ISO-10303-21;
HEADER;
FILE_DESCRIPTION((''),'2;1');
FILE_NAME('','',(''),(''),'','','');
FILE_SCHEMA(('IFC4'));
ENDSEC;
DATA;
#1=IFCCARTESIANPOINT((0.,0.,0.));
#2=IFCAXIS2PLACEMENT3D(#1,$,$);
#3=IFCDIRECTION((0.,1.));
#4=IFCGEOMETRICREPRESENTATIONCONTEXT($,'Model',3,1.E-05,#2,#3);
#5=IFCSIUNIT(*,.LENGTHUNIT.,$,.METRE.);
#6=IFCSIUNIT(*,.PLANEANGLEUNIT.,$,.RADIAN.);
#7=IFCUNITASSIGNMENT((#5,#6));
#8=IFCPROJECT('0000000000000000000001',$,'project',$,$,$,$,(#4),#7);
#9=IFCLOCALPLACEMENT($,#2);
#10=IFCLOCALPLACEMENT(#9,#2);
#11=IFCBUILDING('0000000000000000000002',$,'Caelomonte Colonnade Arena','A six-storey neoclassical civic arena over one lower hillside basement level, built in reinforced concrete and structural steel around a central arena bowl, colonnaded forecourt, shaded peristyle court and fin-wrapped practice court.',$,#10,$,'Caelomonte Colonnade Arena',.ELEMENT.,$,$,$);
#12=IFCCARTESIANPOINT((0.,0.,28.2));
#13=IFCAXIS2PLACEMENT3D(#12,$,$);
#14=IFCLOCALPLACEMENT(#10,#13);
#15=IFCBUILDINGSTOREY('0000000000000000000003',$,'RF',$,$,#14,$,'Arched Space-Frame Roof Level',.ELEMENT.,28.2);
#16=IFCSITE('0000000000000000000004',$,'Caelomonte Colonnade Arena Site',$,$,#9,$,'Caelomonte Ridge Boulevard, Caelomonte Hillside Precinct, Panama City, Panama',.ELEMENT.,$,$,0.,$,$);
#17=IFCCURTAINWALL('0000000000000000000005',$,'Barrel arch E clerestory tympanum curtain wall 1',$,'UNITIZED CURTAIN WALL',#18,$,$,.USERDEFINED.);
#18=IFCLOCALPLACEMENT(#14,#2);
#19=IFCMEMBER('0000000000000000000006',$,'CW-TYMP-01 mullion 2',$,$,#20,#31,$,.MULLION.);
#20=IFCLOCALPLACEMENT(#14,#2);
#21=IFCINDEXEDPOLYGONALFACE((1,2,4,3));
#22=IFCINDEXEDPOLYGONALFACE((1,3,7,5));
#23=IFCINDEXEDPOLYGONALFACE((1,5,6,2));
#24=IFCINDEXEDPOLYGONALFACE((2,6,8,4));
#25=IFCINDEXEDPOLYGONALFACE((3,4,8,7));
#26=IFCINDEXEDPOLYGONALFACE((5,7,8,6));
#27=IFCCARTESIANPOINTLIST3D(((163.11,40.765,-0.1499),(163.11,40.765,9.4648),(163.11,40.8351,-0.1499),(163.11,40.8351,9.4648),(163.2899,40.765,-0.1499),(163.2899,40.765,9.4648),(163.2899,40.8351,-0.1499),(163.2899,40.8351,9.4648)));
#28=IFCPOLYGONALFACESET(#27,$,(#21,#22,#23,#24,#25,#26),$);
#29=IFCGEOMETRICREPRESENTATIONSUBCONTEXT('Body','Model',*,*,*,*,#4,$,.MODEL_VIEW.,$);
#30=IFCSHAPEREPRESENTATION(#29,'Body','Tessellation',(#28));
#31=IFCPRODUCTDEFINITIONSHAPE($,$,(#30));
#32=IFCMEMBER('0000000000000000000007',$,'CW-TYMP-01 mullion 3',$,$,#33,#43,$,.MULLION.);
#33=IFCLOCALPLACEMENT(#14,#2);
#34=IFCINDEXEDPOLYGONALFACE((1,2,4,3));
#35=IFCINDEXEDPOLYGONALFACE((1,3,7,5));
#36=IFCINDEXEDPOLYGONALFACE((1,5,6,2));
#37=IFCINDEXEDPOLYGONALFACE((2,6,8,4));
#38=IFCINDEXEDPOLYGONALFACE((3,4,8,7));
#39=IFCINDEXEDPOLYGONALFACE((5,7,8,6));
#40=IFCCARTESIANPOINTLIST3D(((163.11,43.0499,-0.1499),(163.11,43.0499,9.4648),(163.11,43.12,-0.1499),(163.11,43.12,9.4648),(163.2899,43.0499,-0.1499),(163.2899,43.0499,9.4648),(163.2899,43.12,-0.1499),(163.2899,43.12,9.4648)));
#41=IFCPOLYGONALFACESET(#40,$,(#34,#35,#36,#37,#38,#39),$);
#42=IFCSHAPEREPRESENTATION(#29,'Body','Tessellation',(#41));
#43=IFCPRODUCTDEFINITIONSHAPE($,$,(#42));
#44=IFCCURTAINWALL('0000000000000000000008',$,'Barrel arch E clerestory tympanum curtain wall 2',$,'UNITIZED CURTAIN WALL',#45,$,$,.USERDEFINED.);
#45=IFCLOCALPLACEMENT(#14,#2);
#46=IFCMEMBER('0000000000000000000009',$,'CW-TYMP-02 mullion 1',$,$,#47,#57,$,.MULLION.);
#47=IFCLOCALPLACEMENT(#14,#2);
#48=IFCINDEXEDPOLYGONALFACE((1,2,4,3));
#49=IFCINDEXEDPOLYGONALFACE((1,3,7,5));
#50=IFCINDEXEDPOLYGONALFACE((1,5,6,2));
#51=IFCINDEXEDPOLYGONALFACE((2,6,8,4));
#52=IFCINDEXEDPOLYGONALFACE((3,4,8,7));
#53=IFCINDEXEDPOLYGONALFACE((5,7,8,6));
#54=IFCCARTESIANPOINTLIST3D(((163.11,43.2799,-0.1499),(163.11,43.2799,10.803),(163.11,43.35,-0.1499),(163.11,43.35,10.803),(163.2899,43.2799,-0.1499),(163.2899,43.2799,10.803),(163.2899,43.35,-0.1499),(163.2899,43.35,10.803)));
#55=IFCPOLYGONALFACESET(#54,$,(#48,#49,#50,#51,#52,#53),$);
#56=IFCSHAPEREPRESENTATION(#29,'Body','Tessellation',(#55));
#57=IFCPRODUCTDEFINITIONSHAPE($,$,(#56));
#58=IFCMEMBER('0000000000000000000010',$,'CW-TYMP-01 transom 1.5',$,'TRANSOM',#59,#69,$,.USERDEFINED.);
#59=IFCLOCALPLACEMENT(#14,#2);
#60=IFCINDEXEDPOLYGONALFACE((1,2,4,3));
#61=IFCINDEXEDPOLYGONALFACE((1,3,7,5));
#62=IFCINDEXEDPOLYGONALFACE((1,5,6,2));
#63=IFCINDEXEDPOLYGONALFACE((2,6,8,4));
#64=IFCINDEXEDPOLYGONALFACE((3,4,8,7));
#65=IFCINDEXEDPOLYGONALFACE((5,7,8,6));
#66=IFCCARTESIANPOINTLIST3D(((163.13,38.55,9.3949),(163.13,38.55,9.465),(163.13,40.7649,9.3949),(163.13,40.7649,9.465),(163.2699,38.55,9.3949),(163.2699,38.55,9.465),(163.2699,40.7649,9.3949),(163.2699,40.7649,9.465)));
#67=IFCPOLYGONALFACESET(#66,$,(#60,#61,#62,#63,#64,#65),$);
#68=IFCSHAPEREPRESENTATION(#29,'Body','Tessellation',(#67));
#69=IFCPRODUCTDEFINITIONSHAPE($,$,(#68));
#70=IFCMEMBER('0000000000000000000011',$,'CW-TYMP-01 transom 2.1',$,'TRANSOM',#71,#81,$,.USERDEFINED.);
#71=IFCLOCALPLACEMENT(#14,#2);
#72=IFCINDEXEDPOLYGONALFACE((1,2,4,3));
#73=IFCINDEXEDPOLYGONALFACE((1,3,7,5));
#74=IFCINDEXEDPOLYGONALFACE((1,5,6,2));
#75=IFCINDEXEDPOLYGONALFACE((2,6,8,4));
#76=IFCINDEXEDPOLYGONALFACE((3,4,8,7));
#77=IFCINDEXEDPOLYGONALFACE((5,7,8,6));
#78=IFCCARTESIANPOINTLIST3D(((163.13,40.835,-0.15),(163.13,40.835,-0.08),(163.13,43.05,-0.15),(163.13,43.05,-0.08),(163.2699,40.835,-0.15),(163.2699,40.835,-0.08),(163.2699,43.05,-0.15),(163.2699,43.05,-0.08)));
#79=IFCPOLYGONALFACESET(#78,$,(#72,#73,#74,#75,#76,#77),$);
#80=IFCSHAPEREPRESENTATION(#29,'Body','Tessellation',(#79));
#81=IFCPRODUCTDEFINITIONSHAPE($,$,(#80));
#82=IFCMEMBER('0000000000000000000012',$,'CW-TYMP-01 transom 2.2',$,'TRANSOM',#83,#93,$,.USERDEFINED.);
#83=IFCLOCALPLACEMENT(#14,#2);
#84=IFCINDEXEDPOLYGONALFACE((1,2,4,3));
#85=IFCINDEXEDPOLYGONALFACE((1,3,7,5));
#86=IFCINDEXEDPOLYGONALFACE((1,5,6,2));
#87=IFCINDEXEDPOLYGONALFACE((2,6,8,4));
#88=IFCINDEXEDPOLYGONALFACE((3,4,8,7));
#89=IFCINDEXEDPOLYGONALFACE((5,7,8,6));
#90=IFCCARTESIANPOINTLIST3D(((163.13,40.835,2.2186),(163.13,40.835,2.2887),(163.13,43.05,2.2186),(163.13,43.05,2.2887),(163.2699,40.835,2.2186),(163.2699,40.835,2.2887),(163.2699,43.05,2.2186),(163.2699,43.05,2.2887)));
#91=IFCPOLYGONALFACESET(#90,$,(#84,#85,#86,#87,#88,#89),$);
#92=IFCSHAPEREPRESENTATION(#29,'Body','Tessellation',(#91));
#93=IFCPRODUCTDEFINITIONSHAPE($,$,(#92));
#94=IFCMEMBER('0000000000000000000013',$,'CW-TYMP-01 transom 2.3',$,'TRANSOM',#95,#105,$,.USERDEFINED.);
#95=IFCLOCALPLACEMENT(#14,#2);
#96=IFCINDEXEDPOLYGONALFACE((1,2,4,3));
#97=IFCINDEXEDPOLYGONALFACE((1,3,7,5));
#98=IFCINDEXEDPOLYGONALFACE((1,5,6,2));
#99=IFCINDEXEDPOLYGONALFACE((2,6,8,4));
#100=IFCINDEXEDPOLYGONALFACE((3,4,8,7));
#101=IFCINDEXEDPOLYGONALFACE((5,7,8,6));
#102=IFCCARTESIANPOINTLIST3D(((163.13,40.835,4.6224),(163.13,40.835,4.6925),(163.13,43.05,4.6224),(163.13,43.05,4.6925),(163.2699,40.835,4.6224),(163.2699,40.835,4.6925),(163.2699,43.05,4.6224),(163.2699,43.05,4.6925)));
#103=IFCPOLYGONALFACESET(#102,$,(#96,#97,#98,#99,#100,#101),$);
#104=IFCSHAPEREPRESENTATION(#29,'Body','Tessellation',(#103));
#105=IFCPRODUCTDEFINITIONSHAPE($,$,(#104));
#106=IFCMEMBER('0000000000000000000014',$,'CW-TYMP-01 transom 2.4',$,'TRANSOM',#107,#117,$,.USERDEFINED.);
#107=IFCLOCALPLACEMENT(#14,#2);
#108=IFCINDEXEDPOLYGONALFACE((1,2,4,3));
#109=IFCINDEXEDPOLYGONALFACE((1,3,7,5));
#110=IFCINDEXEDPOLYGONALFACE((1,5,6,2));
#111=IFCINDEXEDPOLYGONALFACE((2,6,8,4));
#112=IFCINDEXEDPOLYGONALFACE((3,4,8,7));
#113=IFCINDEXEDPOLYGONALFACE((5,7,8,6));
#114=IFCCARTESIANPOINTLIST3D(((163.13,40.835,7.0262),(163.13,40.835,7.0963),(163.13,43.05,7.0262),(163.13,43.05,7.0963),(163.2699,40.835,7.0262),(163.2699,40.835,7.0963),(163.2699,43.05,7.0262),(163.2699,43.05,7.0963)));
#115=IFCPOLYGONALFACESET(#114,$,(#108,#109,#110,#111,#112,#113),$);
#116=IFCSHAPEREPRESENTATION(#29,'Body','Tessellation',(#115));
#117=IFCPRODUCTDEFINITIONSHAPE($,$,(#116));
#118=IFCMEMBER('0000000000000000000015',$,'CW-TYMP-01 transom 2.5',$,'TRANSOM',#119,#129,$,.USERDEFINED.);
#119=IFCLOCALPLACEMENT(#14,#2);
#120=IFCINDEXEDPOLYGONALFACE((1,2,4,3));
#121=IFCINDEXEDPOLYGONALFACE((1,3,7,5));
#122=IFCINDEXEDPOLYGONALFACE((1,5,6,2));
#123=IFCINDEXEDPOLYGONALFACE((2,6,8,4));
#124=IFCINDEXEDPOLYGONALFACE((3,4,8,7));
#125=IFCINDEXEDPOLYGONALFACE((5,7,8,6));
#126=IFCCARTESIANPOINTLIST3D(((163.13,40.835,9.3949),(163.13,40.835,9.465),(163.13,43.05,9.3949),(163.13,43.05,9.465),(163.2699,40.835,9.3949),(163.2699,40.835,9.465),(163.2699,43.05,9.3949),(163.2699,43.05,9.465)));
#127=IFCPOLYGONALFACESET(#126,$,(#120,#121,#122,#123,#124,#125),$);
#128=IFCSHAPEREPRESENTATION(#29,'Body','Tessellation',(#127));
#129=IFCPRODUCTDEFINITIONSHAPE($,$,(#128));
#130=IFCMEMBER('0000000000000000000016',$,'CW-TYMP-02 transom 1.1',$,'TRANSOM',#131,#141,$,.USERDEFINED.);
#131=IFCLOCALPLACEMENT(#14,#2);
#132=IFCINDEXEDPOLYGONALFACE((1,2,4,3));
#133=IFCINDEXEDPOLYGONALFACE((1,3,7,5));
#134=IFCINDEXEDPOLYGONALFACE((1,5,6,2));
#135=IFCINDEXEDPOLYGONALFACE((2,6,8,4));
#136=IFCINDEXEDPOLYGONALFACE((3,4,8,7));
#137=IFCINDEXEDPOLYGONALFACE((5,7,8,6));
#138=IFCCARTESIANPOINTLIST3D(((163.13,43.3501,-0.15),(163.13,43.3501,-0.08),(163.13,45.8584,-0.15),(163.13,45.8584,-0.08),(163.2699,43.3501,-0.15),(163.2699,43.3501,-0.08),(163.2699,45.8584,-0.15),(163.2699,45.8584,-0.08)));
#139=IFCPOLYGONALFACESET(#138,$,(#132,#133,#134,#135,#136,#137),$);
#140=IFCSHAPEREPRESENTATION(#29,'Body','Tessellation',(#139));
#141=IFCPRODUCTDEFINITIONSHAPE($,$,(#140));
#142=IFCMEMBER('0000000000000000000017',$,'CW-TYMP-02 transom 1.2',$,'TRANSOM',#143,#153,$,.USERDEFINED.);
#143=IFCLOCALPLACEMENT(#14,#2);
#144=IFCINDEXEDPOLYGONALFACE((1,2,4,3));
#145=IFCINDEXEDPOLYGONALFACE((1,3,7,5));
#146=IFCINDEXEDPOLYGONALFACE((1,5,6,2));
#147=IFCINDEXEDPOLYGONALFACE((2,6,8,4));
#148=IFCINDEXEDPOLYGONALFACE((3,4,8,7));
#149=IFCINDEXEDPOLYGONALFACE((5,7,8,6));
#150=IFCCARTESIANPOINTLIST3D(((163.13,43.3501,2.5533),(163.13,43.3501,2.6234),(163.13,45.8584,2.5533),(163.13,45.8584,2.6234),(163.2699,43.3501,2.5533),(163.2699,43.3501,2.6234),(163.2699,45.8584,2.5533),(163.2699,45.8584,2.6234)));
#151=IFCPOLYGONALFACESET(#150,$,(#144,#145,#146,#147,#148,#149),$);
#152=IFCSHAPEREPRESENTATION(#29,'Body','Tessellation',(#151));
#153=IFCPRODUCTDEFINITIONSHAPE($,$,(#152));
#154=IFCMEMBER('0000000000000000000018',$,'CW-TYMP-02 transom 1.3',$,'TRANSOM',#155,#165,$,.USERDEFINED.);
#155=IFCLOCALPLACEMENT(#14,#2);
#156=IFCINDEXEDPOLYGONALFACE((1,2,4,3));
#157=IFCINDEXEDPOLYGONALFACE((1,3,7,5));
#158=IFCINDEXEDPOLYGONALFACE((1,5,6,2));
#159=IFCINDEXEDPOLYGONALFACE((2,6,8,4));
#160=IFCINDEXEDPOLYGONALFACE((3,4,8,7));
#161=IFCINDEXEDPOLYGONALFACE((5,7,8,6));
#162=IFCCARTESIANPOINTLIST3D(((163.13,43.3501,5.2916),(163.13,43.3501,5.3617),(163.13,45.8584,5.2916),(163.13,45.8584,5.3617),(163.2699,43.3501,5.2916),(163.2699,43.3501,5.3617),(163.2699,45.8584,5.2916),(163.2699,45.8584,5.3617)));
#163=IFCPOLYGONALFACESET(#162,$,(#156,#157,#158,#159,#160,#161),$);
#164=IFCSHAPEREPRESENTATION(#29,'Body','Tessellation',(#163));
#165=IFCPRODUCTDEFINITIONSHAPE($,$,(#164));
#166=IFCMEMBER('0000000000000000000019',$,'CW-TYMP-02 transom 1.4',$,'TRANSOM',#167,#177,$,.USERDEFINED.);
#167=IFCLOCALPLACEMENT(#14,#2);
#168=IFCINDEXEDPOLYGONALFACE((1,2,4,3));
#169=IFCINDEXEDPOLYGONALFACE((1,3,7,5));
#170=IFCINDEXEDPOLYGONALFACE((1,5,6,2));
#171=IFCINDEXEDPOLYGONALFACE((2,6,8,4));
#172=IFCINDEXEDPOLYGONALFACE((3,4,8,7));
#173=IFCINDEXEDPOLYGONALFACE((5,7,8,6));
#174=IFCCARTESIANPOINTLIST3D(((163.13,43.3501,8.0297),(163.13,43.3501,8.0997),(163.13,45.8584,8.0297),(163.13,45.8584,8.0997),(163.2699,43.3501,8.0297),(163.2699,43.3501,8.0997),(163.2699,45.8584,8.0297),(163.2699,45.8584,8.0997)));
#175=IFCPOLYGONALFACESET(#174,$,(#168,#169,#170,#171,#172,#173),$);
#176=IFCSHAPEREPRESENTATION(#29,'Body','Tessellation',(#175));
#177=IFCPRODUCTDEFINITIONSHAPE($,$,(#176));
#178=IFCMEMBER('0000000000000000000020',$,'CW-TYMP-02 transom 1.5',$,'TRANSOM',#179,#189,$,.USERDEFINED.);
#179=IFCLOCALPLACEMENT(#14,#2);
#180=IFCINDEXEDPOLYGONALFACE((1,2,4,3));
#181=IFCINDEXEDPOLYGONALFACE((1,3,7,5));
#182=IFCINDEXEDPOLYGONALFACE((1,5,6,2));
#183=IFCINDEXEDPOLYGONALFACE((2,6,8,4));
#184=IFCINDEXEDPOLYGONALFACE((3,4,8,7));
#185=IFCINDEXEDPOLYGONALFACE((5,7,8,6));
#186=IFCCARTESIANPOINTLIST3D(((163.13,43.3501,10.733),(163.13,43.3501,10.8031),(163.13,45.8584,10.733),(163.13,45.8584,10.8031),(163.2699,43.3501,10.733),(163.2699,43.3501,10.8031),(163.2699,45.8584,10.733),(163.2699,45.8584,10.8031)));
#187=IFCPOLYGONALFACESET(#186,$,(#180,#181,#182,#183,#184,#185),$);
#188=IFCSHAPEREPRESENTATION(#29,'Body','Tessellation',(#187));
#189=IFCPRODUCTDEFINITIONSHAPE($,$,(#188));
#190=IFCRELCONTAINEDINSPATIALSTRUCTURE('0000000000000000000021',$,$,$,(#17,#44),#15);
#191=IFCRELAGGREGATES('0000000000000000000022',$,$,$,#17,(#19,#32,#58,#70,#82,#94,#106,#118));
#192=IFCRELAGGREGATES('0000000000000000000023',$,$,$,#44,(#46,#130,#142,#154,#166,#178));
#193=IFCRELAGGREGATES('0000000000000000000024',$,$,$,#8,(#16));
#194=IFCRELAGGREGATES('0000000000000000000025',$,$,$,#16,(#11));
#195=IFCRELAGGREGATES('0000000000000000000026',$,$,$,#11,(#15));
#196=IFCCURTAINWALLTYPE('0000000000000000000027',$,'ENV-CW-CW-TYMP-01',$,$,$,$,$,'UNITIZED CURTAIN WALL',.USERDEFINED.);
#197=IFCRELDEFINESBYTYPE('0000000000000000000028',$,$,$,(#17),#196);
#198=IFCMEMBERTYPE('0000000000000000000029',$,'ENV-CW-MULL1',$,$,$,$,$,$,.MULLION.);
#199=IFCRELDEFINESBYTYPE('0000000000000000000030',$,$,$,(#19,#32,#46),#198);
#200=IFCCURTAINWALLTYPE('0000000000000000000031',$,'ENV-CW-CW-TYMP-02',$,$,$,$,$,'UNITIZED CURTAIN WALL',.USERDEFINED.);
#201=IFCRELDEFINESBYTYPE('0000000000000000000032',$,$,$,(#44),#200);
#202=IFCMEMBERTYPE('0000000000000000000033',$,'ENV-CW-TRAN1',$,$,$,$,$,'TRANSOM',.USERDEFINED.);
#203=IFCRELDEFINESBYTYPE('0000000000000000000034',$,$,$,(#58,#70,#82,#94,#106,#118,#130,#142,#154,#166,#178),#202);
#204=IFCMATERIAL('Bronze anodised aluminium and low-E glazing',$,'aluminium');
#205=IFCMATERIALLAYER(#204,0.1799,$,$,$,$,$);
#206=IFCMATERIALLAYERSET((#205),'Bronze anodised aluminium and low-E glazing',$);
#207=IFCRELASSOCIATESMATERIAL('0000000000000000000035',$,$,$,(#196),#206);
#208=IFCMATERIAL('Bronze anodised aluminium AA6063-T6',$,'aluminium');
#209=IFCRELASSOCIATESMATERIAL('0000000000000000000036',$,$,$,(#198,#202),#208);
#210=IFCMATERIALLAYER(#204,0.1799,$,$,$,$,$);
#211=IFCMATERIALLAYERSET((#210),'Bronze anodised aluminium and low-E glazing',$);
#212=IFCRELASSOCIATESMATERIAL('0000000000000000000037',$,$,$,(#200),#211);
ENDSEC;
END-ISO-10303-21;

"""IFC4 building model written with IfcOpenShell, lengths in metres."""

from ifc_helpers import new_model, si_unit, direction, frame, origin, origin_2d, place, context, subcontext, project, spatial, rectangle, extrude, material, layer, layer_set, material_profile, profile_set, type_object, element, aggregate, save


model = new_model("IFC4")

# Units and contexts
model_context = context("Model", 3, precision=1e-05, world=origin(), true_north=direction((0.0, 1.0)))
body_context = subcontext(model_context, "Body", "Model", "MODEL_VIEW")
ifc_project = project(units=[si_unit("LENGTHUNIT", "METRE"), si_unit("PLANEANGLEUNIT", "RADIAN")], contexts=[model_context])

# Site, building, storey
site_placement = place(None, origin())
site = spatial("IfcSite", under=ifc_project, at=site_placement, Name="Caelomonte Colonnade Arena Site", LongName="Caelomonte Ridge Boulevard, Caelomonte Hillside Precinct, Panama City, Panama", CompositionType="ELEMENT", RefElevation=0.0)
building_placement = place(site_placement, origin())
building = spatial("IfcBuilding", under=site, at=building_placement, Name="Caelomonte Colonnade Arena", Description="A six-storey neoclassical civic arena over one lower hillside basement level, built in reinforced concrete and structural steel around a central arena bowl, colonnaded forecourt, shaded peristyle court and fin-wrapped practice court.", LongName="Caelomonte Colonnade Arena", CompositionType="ELEMENT")
storey_placement = place(building_placement, frame((0.0, 0.0, 28.2)))
storey = spatial("IfcBuildingStorey", under=building, at=storey_placement, Name="RF", LongName="Arched Space-Frame Roof Level", CompositionType="ELEMENT", Elevation=28.2)

# Curtain wall, members
ifc_material_1 = material(Name="Bronze anodised aluminium and low-E glazing", Category="aluminium")
ifc_layer_1 = layer(ifc_material_1, 0.1799)
ifc_layer_set_1 = layer_set([ifc_layer_1], Name="Bronze anodised aluminium and low-E glazing")
curtain_wall_type_1 = type_object("IfcCurtainWallType", Name="ENV-CW-CW-TYMP-01", ElementType="UNITIZED CURTAIN WALL", PredefinedType="USERDEFINED", material=ifc_layer_set_1)
curtain_wall_1_placement = place(storey_placement, origin())
curtain_wall_1 = element("IfcCurtainWall", 1, at=curtain_wall_1_placement, inside=storey, type_object=curtain_wall_type_1, Name="Barrel arch E clerestory tympanum curtain wall 1", ObjectType="UNITIZED CURTAIN WALL", PredefinedType="USERDEFINED")
ifc_material_2 = material(Name="Bronze anodised aluminium AA6063-T6", Category="aluminium")
ifc_material_profile_1 = material_profile(ifc_material_2, rectangle(XDim=0.0701, YDim=0.1799, at=origin_2d()), Name="CWM-70X180")
ifc_profile_set_1 = profile_set([ifc_material_profile_1], Name="Bronze anodised aluminium AA6063-T6")
member_type_1 = type_object("IfcMemberType", Name="ENV-CW-MULL1", PredefinedType="MULLION", material=ifc_profile_set_1)
member_1_placement = place(storey_placement, frame((163.2, 40.8, -0.1499), z_axis=(0.0, 0.0, 1.0), x_axis=(0.0, 1.0, 0.0)))
member_1 = element("IfcMember", 2, at=member_1_placement, type_object=member_type_1, Name="CW-TYMP-01 mullion 2", PredefinedType="MULLION", context=body_context, shape_type="SweptSolid", body=[
    extrude(rectangle(XDim=0.0701, YDim=0.1799, at=origin_2d()), origin(), (0.0, 0.0, 1.0), 9.6147),
])
member_2_placement = place(storey_placement, frame((163.2, 43.085, -0.1499), z_axis=(0.0, 0.0, 1.0), x_axis=(0.0, 1.0, 0.0)))
member_2 = element("IfcMember", 3, at=member_2_placement, type_object=member_type_1, Name="CW-TYMP-01 mullion 3", PredefinedType="MULLION", context=body_context, shape_type="SweptSolid", body=[
    extrude(rectangle(XDim=0.0701, YDim=0.1799, at=origin_2d()), origin(), (0.0, 0.0, 1.0), 9.6147),
])

# Curtain wall, member
ifc_layer_2 = layer(ifc_material_1, 0.1799)
ifc_layer_set_2 = layer_set([ifc_layer_2], Name="Bronze anodised aluminium and low-E glazing")
curtain_wall_type_2 = type_object("IfcCurtainWallType", Name="ENV-CW-CW-TYMP-02", ElementType="UNITIZED CURTAIN WALL", PredefinedType="USERDEFINED", material=ifc_layer_set_2)
curtain_wall_2_placement = place(storey_placement, origin())
curtain_wall_2 = element("IfcCurtainWall", 4, at=curtain_wall_2_placement, inside=storey, type_object=curtain_wall_type_2, Name="Barrel arch E clerestory tympanum curtain wall 2", ObjectType="UNITIZED CURTAIN WALL", PredefinedType="USERDEFINED")
member_3_placement = place(storey_placement, frame((163.2, 43.3149, -0.1499), z_axis=(0.0, 0.0, 1.0), x_axis=(0.0, 1.0, 0.0)))
member_3 = element("IfcMember", 5, at=member_3_placement, type_object=member_type_1, Name="CW-TYMP-02 mullion 1", PredefinedType="MULLION", context=body_context, shape_type="SweptSolid", body=[
    extrude(rectangle(XDim=0.0701, YDim=0.1799, at=origin_2d()), origin(), (0.0, 0.0, 1.0), 10.9529),
])

# Members
ifc_material_profile_2 = material_profile(ifc_material_2, rectangle(XDim=0.0701, YDim=0.1399, at=origin_2d()), Name="CWT-70X140")
ifc_profile_set_2 = profile_set([ifc_material_profile_2], Name="Bronze anodised aluminium AA6063-T6")
member_type_2 = type_object("IfcMemberType", Name="ENV-CW-TRAN1", ElementType="TRANSOM", PredefinedType="USERDEFINED", material=ifc_profile_set_2)
member_4_placement = place(storey_placement, frame((163.2, 38.55, 9.4299), z_axis=(0.0, 1.0, 0.0), x_axis=(0.0, 0.0, 1.0)))
member_4 = element("IfcMember", 6, at=member_4_placement, type_object=member_type_2, Name="CW-TYMP-01 transom 1.5", ObjectType="TRANSOM", PredefinedType="USERDEFINED", context=body_context, shape_type="SweptSolid", body=[
    extrude(rectangle(XDim=0.0701, YDim=0.1399, at=origin_2d()), origin(), (0.0, 0.0, 1.0), 2.2148),
])
member_5_placement = place(storey_placement, frame((163.2, 40.835, -0.115), z_axis=(0.0, 1.0, 0.0), x_axis=(0.0, 0.0, 1.0)))
member_5 = element("IfcMember", 7, at=member_5_placement, type_object=member_type_2, Name="CW-TYMP-01 transom 2.1", ObjectType="TRANSOM", PredefinedType="USERDEFINED", context=body_context, shape_type="SweptSolid", body=[
    extrude(rectangle(XDim=0.0701, YDim=0.1399, at=origin_2d()), origin(), (0.0, 0.0, 1.0), 2.2151),
])
member_6_placement = place(storey_placement, frame((163.2, 40.835, 2.2537), z_axis=(0.0, 1.0, 0.0), x_axis=(0.0, 0.0, 1.0)))
member_6 = element("IfcMember", 8, at=member_6_placement, type_object=member_type_2, Name="CW-TYMP-01 transom 2.2", ObjectType="TRANSOM", PredefinedType="USERDEFINED", context=body_context, shape_type="SweptSolid", body=[
    extrude(rectangle(XDim=0.0701, YDim=0.1399, at=origin_2d()), origin(), (0.0, 0.0, 1.0), 2.2151),
])
member_7_placement = place(storey_placement, frame((163.2, 40.835, 4.6575), z_axis=(0.0, 1.0, 0.0), x_axis=(0.0, 0.0, 1.0)))
member_7 = element("IfcMember", 9, at=member_7_placement, type_object=member_type_2, Name="CW-TYMP-01 transom 2.3", ObjectType="TRANSOM", PredefinedType="USERDEFINED", context=body_context, shape_type="SweptSolid", body=[
    extrude(rectangle(XDim=0.0701, YDim=0.1399, at=origin_2d()), origin(), (0.0, 0.0, 1.0), 2.2151),
])
member_8_placement = place(storey_placement, frame((163.2, 40.835, 7.0613), z_axis=(0.0, 1.0, 0.0), x_axis=(0.0, 0.0, 1.0)))
member_8 = element("IfcMember", 10, at=member_8_placement, type_object=member_type_2, Name="CW-TYMP-01 transom 2.4", ObjectType="TRANSOM", PredefinedType="USERDEFINED", context=body_context, shape_type="SweptSolid", body=[
    extrude(rectangle(XDim=0.0701, YDim=0.1399, at=origin_2d()), origin(), (0.0, 0.0, 1.0), 2.2151),
])
member_9_placement = place(storey_placement, frame((163.2, 40.835, 9.4299), z_axis=(0.0, 1.0, 0.0), x_axis=(0.0, 0.0, 1.0)))
member_9 = element("IfcMember", 11, at=member_9_placement, type_object=member_type_2, Name="CW-TYMP-01 transom 2.5", ObjectType="TRANSOM", PredefinedType="USERDEFINED", context=body_context, shape_type="SweptSolid", body=[
    extrude(rectangle(XDim=0.0701, YDim=0.1399, at=origin_2d()), origin(), (0.0, 0.0, 1.0), 2.2151),
])
member_10_placement = place(storey_placement, frame((163.2, 43.3501, -0.115), z_axis=(0.0, 1.0, 0.0), x_axis=(0.0, 0.0, 1.0)))
member_10 = element("IfcMember", 12, at=member_10_placement, type_object=member_type_2, Name="CW-TYMP-02 transom 1.1", ObjectType="TRANSOM", PredefinedType="USERDEFINED", context=body_context, shape_type="SweptSolid", body=[
    extrude(rectangle(XDim=0.0701, YDim=0.1399, at=origin_2d()), origin(), (0.0, 0.0, 1.0), 2.5083),
])
member_11_placement = place(storey_placement, frame((163.2, 43.3501, 2.5884), z_axis=(0.0, 1.0, 0.0), x_axis=(0.0, 0.0, 1.0)))
member_11 = element("IfcMember", 13, at=member_11_placement, type_object=member_type_2, Name="CW-TYMP-02 transom 1.2", ObjectType="TRANSOM", PredefinedType="USERDEFINED", context=body_context, shape_type="SweptSolid", body=[
    extrude(rectangle(XDim=0.0701, YDim=0.1399, at=origin_2d()), origin(), (0.0, 0.0, 1.0), 2.5083),
])
member_12_placement = place(storey_placement, frame((163.2, 43.3501, 5.3267), z_axis=(0.0, 1.0, 0.0), x_axis=(0.0, 0.0, 1.0)))
member_12 = element("IfcMember", 14, at=member_12_placement, type_object=member_type_2, Name="CW-TYMP-02 transom 1.3", ObjectType="TRANSOM", PredefinedType="USERDEFINED", context=body_context, shape_type="SweptSolid", body=[
    extrude(rectangle(XDim=0.0701, YDim=0.1399, at=origin_2d()), origin(), (0.0, 0.0, 1.0), 2.5083),
])
member_13_placement = place(storey_placement, frame((163.2, 43.3501, 8.0647), z_axis=(0.0, 1.0, 0.0), x_axis=(0.0, 0.0, 1.0)))
member_13 = element("IfcMember", 15, at=member_13_placement, type_object=member_type_2, Name="CW-TYMP-02 transom 1.4", ObjectType="TRANSOM", PredefinedType="USERDEFINED", context=body_context, shape_type="SweptSolid", body=[
    extrude(rectangle(XDim=0.0701, YDim=0.1399, at=origin_2d()), origin(), (0.0, 0.0, 1.0), 2.5083),
])
member_14_placement = place(storey_placement, frame((163.2, 43.3501, 10.7681), z_axis=(0.0, 1.0, 0.0), x_axis=(0.0, 0.0, 1.0)))
member_14 = element("IfcMember", 16, at=member_14_placement, type_object=member_type_2, Name="CW-TYMP-02 transom 1.5", ObjectType="TRANSOM", PredefinedType="USERDEFINED", context=body_context, shape_type="SweptSolid", body=[
    extrude(rectangle(XDim=0.0701, YDim=0.1399, at=origin_2d()), origin(), (0.0, 0.0, 1.0), 2.5083),
])

aggregate(curtain_wall_1, [member_1, member_2, member_4, member_5, member_6, member_7, member_8, member_9])
aggregate(curtain_wall_2, [member_3, member_10, member_11, member_12, member_13, member_14])

save(model, "model.ifc")
